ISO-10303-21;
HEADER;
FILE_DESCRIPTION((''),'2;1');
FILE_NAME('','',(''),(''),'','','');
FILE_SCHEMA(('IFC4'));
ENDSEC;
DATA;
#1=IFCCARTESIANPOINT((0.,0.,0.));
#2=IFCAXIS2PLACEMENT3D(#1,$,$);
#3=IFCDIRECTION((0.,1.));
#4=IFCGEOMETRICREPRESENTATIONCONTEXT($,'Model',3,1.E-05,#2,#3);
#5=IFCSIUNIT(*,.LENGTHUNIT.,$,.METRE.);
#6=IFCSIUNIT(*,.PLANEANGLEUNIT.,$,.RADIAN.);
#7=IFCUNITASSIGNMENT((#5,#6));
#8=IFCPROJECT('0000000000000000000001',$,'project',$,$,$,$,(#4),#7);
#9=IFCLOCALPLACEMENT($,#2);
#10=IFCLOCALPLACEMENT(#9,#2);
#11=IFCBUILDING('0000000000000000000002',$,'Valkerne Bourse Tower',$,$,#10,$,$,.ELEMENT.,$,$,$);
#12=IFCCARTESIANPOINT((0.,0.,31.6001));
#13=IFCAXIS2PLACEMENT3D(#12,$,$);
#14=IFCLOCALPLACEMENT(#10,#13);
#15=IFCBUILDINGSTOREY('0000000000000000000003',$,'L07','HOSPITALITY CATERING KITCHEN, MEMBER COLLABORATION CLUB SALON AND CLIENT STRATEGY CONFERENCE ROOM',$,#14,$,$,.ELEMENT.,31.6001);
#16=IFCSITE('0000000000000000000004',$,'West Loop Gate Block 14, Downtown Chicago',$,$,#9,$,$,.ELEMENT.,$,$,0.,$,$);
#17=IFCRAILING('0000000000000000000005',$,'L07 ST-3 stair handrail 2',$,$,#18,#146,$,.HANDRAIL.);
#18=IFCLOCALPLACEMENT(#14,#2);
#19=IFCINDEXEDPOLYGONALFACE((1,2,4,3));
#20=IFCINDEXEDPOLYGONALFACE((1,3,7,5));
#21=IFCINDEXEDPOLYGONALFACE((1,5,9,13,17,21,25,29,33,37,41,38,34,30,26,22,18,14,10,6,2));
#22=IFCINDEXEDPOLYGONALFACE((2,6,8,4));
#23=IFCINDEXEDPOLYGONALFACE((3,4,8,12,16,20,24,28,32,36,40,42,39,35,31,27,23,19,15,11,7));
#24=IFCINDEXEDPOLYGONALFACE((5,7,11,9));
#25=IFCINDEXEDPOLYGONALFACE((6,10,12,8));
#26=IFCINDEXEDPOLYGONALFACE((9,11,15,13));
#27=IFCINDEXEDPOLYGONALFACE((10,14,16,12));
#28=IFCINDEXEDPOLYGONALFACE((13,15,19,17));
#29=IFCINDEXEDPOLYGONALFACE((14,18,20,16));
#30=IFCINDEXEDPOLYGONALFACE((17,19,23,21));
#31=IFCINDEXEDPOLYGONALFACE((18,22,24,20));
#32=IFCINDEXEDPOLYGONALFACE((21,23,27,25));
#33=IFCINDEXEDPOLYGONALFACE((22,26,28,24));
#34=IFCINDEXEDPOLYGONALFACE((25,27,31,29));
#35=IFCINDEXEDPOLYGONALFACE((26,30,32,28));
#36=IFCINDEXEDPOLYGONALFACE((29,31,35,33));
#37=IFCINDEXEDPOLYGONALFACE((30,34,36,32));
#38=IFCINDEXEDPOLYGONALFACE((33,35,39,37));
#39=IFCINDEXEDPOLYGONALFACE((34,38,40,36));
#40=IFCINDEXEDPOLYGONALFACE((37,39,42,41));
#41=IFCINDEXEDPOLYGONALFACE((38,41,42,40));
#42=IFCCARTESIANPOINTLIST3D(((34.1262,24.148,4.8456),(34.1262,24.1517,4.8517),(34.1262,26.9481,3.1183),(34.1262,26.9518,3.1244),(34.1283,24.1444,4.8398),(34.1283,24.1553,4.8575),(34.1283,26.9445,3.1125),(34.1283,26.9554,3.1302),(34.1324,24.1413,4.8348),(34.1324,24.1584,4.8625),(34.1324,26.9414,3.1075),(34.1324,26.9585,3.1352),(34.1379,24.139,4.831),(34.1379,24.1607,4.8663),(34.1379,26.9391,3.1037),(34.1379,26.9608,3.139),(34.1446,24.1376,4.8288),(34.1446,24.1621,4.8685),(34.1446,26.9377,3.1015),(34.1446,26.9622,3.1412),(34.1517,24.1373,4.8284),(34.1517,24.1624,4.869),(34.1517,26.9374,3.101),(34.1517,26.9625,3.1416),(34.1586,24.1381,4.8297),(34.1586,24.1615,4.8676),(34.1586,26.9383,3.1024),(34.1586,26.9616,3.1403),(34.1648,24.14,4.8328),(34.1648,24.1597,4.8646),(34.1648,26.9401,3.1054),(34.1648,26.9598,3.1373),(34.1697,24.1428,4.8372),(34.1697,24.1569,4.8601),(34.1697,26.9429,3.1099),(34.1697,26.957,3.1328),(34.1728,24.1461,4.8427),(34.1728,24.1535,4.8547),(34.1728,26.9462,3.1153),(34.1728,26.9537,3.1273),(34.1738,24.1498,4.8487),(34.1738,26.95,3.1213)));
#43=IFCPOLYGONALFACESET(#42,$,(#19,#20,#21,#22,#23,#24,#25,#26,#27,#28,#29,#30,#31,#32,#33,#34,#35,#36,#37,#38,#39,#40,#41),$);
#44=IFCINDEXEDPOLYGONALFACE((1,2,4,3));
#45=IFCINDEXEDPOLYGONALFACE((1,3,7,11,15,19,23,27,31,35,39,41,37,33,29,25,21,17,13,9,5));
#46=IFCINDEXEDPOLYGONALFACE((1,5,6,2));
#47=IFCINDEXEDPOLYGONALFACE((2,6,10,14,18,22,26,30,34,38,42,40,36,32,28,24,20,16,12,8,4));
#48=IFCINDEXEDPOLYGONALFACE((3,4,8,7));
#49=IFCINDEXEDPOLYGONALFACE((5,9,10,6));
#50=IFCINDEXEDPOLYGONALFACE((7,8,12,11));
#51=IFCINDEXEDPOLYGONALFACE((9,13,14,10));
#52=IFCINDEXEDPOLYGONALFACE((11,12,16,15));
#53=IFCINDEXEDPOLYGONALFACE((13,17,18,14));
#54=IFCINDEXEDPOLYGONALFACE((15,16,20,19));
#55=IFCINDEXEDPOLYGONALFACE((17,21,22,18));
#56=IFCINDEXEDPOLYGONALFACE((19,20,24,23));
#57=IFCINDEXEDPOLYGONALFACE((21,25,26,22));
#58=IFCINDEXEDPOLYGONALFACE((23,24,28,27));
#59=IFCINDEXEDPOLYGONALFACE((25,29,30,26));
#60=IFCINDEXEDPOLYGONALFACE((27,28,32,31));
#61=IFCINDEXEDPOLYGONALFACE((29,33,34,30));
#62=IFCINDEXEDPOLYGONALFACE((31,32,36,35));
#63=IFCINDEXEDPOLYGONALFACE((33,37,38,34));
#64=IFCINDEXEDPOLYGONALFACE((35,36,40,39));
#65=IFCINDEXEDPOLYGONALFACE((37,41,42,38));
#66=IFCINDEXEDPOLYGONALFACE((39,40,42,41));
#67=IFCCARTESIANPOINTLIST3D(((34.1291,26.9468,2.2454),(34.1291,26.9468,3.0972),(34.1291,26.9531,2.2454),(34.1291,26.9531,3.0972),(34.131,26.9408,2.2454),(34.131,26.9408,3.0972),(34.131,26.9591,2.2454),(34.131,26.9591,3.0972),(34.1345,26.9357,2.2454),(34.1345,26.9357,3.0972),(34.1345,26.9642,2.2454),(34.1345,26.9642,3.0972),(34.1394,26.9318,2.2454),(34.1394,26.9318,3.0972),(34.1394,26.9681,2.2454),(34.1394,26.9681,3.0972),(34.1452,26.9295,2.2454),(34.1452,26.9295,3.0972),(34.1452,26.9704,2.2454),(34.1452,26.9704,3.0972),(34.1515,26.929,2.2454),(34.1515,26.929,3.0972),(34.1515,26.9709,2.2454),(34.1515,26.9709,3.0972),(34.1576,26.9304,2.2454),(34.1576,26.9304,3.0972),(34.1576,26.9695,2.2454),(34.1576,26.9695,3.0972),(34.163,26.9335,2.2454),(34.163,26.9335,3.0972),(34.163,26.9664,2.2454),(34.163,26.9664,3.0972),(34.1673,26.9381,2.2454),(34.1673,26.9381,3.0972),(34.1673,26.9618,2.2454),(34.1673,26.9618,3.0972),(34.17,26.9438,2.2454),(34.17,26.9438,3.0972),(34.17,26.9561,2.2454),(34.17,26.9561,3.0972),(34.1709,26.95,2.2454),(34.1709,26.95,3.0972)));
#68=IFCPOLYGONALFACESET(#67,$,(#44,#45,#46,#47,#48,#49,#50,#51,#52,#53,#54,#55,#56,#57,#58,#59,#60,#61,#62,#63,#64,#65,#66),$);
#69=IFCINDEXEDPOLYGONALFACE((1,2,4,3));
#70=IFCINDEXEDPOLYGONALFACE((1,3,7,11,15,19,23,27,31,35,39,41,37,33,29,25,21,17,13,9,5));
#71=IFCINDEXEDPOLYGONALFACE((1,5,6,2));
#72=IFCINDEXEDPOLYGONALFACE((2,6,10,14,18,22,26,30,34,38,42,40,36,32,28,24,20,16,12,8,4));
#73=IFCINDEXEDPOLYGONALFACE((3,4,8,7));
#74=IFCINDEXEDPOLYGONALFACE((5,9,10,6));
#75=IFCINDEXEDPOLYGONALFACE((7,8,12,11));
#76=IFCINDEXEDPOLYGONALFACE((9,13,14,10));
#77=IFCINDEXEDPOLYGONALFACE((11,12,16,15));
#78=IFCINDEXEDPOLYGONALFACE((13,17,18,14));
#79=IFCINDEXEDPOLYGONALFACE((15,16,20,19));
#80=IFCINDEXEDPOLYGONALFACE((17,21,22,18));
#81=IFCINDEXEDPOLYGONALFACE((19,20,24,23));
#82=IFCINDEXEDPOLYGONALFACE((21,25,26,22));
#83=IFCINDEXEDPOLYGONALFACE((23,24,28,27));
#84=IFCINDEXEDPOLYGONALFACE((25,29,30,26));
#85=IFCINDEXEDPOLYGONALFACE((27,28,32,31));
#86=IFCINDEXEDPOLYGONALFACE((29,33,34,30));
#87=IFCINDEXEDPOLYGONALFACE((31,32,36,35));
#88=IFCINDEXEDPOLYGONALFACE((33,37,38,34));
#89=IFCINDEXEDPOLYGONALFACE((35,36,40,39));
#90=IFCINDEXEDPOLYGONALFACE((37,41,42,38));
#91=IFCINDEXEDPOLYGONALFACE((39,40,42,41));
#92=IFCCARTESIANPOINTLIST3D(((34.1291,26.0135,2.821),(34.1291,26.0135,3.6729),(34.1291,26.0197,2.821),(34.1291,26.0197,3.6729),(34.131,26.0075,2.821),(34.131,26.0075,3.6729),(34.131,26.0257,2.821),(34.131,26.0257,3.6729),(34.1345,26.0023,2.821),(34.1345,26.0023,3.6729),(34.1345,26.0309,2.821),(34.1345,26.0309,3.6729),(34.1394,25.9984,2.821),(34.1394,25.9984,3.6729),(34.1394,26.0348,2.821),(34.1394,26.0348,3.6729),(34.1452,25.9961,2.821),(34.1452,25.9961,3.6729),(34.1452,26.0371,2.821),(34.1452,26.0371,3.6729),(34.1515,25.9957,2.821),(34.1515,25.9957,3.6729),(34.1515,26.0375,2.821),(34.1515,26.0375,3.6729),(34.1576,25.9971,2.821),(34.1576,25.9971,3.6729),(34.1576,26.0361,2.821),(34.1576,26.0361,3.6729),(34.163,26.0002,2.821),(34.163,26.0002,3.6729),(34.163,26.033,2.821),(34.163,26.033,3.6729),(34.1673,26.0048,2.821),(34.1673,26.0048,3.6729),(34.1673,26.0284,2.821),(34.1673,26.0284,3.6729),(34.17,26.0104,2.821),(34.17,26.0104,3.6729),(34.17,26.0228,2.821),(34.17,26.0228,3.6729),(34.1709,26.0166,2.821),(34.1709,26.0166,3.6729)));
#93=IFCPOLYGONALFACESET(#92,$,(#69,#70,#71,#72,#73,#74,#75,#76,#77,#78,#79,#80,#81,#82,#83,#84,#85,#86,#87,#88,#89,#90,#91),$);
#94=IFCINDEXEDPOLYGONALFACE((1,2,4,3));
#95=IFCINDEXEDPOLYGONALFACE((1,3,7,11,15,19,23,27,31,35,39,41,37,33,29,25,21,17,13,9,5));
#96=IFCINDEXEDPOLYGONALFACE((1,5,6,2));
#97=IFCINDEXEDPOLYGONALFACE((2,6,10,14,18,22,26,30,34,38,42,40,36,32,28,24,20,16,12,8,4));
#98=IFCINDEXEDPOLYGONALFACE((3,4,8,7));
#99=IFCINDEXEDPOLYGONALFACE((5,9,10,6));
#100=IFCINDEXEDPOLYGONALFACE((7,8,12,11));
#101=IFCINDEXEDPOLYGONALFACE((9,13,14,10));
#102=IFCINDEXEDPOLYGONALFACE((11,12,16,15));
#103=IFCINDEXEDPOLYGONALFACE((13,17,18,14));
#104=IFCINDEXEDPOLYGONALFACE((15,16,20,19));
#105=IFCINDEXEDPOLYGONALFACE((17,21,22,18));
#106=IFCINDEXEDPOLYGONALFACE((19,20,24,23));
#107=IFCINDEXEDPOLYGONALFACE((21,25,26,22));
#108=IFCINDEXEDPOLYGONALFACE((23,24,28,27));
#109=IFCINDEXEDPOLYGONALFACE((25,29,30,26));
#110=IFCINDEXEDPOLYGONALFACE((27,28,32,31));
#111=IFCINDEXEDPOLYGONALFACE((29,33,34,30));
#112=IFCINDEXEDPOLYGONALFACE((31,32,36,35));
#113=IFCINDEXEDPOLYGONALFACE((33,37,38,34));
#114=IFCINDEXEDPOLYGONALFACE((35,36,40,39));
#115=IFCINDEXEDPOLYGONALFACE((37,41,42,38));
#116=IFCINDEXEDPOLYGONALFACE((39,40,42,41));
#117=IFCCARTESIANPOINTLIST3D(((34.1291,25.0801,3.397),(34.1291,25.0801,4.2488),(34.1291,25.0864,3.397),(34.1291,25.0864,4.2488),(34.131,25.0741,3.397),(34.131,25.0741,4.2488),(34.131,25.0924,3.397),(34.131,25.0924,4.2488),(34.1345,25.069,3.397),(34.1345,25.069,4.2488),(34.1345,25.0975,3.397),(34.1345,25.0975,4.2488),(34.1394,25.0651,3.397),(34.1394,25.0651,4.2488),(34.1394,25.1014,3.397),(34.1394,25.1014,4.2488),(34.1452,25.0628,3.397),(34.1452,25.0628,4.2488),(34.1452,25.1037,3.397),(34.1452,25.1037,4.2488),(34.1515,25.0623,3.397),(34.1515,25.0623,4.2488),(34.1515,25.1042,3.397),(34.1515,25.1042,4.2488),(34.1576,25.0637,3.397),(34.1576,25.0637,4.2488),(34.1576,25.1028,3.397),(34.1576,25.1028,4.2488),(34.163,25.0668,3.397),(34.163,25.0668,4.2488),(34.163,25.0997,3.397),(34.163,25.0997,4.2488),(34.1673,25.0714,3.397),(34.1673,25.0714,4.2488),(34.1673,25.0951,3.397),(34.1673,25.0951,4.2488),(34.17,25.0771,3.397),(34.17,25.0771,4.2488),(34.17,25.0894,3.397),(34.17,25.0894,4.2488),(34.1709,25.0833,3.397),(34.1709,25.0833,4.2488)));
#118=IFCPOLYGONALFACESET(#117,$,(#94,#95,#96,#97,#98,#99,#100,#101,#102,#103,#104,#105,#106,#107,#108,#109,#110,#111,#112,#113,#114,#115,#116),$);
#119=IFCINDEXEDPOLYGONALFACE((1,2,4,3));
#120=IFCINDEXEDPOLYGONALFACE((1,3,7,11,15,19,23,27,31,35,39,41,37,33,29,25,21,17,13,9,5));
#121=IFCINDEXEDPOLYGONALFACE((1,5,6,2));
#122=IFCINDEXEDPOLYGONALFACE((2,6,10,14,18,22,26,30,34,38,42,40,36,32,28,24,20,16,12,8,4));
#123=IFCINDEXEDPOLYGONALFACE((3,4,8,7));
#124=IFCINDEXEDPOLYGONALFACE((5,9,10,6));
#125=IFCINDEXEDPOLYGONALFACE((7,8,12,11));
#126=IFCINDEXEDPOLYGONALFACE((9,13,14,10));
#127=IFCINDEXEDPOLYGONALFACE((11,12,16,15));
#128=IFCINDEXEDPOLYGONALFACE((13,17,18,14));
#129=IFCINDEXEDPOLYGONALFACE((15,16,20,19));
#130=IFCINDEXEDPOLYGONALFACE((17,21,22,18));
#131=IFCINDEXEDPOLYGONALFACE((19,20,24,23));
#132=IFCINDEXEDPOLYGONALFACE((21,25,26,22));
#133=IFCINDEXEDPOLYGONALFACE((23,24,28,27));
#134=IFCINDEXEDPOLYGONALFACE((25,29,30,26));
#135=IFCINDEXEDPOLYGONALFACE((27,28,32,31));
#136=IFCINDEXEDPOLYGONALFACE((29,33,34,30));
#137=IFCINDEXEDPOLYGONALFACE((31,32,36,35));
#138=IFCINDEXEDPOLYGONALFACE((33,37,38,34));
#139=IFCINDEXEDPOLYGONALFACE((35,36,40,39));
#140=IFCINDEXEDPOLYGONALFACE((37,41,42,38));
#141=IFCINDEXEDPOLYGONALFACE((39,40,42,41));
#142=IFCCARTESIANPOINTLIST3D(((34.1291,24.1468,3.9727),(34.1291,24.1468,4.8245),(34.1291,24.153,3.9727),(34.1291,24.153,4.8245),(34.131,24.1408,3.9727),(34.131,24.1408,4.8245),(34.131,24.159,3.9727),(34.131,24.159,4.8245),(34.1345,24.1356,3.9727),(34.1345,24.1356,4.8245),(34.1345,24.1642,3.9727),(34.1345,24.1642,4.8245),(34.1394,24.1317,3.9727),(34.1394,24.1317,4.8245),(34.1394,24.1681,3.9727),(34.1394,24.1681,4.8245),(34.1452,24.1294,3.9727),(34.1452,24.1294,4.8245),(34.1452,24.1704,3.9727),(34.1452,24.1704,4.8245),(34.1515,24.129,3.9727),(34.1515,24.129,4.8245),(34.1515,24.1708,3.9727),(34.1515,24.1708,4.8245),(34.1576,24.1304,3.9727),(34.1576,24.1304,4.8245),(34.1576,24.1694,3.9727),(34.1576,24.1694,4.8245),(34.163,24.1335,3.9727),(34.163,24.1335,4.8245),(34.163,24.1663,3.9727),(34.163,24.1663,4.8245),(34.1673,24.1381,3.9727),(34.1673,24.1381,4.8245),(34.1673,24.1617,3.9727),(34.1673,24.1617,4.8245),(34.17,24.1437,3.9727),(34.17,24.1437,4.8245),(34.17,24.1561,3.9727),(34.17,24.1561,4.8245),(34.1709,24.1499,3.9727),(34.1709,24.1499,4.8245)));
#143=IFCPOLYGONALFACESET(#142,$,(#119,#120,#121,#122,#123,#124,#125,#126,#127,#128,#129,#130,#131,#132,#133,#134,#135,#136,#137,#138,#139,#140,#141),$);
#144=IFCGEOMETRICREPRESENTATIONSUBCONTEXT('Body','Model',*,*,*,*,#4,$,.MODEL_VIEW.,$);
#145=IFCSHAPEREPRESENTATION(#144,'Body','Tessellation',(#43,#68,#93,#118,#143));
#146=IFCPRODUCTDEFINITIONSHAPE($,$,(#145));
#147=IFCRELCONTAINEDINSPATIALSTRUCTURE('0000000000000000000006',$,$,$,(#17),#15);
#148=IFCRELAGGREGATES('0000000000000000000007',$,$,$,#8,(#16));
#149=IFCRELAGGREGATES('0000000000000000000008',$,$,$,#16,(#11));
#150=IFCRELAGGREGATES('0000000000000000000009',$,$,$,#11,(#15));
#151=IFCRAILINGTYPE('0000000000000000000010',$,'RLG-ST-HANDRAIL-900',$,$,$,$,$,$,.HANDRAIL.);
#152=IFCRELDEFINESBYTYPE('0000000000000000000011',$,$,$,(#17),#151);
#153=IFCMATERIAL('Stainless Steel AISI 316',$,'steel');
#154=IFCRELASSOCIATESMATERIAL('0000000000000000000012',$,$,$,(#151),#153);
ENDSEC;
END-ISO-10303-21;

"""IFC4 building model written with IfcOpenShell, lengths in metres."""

from ifc_helpers import new_model, si_unit, direction, frame, origin, origin_2d, place, context, subcontext, project, spatial, circle, extrude, material, type_object, element, save


model = new_model("IFC4")

# Units and contexts
model_context = context("Model", 3, precision=1e-05, world=origin(), true_north=direction((0.0, 1.0)))
body_context = subcontext(model_context, "Body", "Model", "MODEL_VIEW")
ifc_project = project(units=[si_unit("LENGTHUNIT", "METRE"), si_unit("PLANEANGLEUNIT", "RADIAN")], contexts=[model_context])

# Site, building, storey
site_placement = place(None, origin())
site = spatial("IfcSite", under=ifc_project, at=site_placement, Name="West Loop Gate Block 14, Downtown Chicago", CompositionType="ELEMENT", RefElevation=0.0)
building_placement = place(site_placement, origin())
building = spatial("IfcBuilding", under=site, at=building_placement, Name="Valkerne Bourse Tower", CompositionType="ELEMENT")
storey_placement = place(building_placement, frame((0.0, 0.0, 31.6001)))
storey = spatial("IfcBuildingStorey", under=building, at=storey_placement, Name="L07", Description="HOSPITALITY CATERING KITCHEN, MEMBER COLLABORATION CLUB SALON AND CLIENT STRATEGY CONFERENCE ROOM", CompositionType="ELEMENT", Elevation=31.6001)

# Railing
ifc_material_1 = material(Name="Stainless Steel AISI 316", Category="steel")
railing_type_1 = type_object("IfcRailingType", Name="RLG-ST-HANDRAIL-900", PredefinedType="HANDRAIL", material=ifc_material_1)
railing_1_placement = place(storey_placement, frame((34.1499, 26.95, 2.2454)))
element("IfcRailing", 1, at=railing_1_placement, inside=storey, type_object=railing_type_1, Name="L07 ST-3 stair handrail 2", PredefinedType="HANDRAIL", context=body_context, shape_type="SweptSolid", body=[
    extrude(circle(Radius=0.0239, at=origin_2d()), frame((0.0, 0.0, 0.876), z_axis=(0.0, -0.85109, 0.52502), x_axis=(1.0, 0.0, 0.0)), (0.0, 0.0, 1.0), 3.29),
    extrude(circle(Radius=0.021, at=origin_2d()), origin(), (0.0, 0.0, 1.0), 0.8518),
    extrude(circle(Radius=0.021, at=origin_2d()), frame((0.0, -0.9333, 0.5757)), (0.0, 0.0, 1.0), 0.8518),
    extrude(circle(Radius=0.021, at=origin_2d()), frame((0.0, -1.8667, 1.1516)), (0.0, 0.0, 1.0), 0.8518),
    extrude(circle(Radius=0.021, at=origin_2d()), frame((0.0, -2.8, 1.7273)), (0.0, 0.0, 1.0), 0.8518),
])

save(model, "model.ifc")
